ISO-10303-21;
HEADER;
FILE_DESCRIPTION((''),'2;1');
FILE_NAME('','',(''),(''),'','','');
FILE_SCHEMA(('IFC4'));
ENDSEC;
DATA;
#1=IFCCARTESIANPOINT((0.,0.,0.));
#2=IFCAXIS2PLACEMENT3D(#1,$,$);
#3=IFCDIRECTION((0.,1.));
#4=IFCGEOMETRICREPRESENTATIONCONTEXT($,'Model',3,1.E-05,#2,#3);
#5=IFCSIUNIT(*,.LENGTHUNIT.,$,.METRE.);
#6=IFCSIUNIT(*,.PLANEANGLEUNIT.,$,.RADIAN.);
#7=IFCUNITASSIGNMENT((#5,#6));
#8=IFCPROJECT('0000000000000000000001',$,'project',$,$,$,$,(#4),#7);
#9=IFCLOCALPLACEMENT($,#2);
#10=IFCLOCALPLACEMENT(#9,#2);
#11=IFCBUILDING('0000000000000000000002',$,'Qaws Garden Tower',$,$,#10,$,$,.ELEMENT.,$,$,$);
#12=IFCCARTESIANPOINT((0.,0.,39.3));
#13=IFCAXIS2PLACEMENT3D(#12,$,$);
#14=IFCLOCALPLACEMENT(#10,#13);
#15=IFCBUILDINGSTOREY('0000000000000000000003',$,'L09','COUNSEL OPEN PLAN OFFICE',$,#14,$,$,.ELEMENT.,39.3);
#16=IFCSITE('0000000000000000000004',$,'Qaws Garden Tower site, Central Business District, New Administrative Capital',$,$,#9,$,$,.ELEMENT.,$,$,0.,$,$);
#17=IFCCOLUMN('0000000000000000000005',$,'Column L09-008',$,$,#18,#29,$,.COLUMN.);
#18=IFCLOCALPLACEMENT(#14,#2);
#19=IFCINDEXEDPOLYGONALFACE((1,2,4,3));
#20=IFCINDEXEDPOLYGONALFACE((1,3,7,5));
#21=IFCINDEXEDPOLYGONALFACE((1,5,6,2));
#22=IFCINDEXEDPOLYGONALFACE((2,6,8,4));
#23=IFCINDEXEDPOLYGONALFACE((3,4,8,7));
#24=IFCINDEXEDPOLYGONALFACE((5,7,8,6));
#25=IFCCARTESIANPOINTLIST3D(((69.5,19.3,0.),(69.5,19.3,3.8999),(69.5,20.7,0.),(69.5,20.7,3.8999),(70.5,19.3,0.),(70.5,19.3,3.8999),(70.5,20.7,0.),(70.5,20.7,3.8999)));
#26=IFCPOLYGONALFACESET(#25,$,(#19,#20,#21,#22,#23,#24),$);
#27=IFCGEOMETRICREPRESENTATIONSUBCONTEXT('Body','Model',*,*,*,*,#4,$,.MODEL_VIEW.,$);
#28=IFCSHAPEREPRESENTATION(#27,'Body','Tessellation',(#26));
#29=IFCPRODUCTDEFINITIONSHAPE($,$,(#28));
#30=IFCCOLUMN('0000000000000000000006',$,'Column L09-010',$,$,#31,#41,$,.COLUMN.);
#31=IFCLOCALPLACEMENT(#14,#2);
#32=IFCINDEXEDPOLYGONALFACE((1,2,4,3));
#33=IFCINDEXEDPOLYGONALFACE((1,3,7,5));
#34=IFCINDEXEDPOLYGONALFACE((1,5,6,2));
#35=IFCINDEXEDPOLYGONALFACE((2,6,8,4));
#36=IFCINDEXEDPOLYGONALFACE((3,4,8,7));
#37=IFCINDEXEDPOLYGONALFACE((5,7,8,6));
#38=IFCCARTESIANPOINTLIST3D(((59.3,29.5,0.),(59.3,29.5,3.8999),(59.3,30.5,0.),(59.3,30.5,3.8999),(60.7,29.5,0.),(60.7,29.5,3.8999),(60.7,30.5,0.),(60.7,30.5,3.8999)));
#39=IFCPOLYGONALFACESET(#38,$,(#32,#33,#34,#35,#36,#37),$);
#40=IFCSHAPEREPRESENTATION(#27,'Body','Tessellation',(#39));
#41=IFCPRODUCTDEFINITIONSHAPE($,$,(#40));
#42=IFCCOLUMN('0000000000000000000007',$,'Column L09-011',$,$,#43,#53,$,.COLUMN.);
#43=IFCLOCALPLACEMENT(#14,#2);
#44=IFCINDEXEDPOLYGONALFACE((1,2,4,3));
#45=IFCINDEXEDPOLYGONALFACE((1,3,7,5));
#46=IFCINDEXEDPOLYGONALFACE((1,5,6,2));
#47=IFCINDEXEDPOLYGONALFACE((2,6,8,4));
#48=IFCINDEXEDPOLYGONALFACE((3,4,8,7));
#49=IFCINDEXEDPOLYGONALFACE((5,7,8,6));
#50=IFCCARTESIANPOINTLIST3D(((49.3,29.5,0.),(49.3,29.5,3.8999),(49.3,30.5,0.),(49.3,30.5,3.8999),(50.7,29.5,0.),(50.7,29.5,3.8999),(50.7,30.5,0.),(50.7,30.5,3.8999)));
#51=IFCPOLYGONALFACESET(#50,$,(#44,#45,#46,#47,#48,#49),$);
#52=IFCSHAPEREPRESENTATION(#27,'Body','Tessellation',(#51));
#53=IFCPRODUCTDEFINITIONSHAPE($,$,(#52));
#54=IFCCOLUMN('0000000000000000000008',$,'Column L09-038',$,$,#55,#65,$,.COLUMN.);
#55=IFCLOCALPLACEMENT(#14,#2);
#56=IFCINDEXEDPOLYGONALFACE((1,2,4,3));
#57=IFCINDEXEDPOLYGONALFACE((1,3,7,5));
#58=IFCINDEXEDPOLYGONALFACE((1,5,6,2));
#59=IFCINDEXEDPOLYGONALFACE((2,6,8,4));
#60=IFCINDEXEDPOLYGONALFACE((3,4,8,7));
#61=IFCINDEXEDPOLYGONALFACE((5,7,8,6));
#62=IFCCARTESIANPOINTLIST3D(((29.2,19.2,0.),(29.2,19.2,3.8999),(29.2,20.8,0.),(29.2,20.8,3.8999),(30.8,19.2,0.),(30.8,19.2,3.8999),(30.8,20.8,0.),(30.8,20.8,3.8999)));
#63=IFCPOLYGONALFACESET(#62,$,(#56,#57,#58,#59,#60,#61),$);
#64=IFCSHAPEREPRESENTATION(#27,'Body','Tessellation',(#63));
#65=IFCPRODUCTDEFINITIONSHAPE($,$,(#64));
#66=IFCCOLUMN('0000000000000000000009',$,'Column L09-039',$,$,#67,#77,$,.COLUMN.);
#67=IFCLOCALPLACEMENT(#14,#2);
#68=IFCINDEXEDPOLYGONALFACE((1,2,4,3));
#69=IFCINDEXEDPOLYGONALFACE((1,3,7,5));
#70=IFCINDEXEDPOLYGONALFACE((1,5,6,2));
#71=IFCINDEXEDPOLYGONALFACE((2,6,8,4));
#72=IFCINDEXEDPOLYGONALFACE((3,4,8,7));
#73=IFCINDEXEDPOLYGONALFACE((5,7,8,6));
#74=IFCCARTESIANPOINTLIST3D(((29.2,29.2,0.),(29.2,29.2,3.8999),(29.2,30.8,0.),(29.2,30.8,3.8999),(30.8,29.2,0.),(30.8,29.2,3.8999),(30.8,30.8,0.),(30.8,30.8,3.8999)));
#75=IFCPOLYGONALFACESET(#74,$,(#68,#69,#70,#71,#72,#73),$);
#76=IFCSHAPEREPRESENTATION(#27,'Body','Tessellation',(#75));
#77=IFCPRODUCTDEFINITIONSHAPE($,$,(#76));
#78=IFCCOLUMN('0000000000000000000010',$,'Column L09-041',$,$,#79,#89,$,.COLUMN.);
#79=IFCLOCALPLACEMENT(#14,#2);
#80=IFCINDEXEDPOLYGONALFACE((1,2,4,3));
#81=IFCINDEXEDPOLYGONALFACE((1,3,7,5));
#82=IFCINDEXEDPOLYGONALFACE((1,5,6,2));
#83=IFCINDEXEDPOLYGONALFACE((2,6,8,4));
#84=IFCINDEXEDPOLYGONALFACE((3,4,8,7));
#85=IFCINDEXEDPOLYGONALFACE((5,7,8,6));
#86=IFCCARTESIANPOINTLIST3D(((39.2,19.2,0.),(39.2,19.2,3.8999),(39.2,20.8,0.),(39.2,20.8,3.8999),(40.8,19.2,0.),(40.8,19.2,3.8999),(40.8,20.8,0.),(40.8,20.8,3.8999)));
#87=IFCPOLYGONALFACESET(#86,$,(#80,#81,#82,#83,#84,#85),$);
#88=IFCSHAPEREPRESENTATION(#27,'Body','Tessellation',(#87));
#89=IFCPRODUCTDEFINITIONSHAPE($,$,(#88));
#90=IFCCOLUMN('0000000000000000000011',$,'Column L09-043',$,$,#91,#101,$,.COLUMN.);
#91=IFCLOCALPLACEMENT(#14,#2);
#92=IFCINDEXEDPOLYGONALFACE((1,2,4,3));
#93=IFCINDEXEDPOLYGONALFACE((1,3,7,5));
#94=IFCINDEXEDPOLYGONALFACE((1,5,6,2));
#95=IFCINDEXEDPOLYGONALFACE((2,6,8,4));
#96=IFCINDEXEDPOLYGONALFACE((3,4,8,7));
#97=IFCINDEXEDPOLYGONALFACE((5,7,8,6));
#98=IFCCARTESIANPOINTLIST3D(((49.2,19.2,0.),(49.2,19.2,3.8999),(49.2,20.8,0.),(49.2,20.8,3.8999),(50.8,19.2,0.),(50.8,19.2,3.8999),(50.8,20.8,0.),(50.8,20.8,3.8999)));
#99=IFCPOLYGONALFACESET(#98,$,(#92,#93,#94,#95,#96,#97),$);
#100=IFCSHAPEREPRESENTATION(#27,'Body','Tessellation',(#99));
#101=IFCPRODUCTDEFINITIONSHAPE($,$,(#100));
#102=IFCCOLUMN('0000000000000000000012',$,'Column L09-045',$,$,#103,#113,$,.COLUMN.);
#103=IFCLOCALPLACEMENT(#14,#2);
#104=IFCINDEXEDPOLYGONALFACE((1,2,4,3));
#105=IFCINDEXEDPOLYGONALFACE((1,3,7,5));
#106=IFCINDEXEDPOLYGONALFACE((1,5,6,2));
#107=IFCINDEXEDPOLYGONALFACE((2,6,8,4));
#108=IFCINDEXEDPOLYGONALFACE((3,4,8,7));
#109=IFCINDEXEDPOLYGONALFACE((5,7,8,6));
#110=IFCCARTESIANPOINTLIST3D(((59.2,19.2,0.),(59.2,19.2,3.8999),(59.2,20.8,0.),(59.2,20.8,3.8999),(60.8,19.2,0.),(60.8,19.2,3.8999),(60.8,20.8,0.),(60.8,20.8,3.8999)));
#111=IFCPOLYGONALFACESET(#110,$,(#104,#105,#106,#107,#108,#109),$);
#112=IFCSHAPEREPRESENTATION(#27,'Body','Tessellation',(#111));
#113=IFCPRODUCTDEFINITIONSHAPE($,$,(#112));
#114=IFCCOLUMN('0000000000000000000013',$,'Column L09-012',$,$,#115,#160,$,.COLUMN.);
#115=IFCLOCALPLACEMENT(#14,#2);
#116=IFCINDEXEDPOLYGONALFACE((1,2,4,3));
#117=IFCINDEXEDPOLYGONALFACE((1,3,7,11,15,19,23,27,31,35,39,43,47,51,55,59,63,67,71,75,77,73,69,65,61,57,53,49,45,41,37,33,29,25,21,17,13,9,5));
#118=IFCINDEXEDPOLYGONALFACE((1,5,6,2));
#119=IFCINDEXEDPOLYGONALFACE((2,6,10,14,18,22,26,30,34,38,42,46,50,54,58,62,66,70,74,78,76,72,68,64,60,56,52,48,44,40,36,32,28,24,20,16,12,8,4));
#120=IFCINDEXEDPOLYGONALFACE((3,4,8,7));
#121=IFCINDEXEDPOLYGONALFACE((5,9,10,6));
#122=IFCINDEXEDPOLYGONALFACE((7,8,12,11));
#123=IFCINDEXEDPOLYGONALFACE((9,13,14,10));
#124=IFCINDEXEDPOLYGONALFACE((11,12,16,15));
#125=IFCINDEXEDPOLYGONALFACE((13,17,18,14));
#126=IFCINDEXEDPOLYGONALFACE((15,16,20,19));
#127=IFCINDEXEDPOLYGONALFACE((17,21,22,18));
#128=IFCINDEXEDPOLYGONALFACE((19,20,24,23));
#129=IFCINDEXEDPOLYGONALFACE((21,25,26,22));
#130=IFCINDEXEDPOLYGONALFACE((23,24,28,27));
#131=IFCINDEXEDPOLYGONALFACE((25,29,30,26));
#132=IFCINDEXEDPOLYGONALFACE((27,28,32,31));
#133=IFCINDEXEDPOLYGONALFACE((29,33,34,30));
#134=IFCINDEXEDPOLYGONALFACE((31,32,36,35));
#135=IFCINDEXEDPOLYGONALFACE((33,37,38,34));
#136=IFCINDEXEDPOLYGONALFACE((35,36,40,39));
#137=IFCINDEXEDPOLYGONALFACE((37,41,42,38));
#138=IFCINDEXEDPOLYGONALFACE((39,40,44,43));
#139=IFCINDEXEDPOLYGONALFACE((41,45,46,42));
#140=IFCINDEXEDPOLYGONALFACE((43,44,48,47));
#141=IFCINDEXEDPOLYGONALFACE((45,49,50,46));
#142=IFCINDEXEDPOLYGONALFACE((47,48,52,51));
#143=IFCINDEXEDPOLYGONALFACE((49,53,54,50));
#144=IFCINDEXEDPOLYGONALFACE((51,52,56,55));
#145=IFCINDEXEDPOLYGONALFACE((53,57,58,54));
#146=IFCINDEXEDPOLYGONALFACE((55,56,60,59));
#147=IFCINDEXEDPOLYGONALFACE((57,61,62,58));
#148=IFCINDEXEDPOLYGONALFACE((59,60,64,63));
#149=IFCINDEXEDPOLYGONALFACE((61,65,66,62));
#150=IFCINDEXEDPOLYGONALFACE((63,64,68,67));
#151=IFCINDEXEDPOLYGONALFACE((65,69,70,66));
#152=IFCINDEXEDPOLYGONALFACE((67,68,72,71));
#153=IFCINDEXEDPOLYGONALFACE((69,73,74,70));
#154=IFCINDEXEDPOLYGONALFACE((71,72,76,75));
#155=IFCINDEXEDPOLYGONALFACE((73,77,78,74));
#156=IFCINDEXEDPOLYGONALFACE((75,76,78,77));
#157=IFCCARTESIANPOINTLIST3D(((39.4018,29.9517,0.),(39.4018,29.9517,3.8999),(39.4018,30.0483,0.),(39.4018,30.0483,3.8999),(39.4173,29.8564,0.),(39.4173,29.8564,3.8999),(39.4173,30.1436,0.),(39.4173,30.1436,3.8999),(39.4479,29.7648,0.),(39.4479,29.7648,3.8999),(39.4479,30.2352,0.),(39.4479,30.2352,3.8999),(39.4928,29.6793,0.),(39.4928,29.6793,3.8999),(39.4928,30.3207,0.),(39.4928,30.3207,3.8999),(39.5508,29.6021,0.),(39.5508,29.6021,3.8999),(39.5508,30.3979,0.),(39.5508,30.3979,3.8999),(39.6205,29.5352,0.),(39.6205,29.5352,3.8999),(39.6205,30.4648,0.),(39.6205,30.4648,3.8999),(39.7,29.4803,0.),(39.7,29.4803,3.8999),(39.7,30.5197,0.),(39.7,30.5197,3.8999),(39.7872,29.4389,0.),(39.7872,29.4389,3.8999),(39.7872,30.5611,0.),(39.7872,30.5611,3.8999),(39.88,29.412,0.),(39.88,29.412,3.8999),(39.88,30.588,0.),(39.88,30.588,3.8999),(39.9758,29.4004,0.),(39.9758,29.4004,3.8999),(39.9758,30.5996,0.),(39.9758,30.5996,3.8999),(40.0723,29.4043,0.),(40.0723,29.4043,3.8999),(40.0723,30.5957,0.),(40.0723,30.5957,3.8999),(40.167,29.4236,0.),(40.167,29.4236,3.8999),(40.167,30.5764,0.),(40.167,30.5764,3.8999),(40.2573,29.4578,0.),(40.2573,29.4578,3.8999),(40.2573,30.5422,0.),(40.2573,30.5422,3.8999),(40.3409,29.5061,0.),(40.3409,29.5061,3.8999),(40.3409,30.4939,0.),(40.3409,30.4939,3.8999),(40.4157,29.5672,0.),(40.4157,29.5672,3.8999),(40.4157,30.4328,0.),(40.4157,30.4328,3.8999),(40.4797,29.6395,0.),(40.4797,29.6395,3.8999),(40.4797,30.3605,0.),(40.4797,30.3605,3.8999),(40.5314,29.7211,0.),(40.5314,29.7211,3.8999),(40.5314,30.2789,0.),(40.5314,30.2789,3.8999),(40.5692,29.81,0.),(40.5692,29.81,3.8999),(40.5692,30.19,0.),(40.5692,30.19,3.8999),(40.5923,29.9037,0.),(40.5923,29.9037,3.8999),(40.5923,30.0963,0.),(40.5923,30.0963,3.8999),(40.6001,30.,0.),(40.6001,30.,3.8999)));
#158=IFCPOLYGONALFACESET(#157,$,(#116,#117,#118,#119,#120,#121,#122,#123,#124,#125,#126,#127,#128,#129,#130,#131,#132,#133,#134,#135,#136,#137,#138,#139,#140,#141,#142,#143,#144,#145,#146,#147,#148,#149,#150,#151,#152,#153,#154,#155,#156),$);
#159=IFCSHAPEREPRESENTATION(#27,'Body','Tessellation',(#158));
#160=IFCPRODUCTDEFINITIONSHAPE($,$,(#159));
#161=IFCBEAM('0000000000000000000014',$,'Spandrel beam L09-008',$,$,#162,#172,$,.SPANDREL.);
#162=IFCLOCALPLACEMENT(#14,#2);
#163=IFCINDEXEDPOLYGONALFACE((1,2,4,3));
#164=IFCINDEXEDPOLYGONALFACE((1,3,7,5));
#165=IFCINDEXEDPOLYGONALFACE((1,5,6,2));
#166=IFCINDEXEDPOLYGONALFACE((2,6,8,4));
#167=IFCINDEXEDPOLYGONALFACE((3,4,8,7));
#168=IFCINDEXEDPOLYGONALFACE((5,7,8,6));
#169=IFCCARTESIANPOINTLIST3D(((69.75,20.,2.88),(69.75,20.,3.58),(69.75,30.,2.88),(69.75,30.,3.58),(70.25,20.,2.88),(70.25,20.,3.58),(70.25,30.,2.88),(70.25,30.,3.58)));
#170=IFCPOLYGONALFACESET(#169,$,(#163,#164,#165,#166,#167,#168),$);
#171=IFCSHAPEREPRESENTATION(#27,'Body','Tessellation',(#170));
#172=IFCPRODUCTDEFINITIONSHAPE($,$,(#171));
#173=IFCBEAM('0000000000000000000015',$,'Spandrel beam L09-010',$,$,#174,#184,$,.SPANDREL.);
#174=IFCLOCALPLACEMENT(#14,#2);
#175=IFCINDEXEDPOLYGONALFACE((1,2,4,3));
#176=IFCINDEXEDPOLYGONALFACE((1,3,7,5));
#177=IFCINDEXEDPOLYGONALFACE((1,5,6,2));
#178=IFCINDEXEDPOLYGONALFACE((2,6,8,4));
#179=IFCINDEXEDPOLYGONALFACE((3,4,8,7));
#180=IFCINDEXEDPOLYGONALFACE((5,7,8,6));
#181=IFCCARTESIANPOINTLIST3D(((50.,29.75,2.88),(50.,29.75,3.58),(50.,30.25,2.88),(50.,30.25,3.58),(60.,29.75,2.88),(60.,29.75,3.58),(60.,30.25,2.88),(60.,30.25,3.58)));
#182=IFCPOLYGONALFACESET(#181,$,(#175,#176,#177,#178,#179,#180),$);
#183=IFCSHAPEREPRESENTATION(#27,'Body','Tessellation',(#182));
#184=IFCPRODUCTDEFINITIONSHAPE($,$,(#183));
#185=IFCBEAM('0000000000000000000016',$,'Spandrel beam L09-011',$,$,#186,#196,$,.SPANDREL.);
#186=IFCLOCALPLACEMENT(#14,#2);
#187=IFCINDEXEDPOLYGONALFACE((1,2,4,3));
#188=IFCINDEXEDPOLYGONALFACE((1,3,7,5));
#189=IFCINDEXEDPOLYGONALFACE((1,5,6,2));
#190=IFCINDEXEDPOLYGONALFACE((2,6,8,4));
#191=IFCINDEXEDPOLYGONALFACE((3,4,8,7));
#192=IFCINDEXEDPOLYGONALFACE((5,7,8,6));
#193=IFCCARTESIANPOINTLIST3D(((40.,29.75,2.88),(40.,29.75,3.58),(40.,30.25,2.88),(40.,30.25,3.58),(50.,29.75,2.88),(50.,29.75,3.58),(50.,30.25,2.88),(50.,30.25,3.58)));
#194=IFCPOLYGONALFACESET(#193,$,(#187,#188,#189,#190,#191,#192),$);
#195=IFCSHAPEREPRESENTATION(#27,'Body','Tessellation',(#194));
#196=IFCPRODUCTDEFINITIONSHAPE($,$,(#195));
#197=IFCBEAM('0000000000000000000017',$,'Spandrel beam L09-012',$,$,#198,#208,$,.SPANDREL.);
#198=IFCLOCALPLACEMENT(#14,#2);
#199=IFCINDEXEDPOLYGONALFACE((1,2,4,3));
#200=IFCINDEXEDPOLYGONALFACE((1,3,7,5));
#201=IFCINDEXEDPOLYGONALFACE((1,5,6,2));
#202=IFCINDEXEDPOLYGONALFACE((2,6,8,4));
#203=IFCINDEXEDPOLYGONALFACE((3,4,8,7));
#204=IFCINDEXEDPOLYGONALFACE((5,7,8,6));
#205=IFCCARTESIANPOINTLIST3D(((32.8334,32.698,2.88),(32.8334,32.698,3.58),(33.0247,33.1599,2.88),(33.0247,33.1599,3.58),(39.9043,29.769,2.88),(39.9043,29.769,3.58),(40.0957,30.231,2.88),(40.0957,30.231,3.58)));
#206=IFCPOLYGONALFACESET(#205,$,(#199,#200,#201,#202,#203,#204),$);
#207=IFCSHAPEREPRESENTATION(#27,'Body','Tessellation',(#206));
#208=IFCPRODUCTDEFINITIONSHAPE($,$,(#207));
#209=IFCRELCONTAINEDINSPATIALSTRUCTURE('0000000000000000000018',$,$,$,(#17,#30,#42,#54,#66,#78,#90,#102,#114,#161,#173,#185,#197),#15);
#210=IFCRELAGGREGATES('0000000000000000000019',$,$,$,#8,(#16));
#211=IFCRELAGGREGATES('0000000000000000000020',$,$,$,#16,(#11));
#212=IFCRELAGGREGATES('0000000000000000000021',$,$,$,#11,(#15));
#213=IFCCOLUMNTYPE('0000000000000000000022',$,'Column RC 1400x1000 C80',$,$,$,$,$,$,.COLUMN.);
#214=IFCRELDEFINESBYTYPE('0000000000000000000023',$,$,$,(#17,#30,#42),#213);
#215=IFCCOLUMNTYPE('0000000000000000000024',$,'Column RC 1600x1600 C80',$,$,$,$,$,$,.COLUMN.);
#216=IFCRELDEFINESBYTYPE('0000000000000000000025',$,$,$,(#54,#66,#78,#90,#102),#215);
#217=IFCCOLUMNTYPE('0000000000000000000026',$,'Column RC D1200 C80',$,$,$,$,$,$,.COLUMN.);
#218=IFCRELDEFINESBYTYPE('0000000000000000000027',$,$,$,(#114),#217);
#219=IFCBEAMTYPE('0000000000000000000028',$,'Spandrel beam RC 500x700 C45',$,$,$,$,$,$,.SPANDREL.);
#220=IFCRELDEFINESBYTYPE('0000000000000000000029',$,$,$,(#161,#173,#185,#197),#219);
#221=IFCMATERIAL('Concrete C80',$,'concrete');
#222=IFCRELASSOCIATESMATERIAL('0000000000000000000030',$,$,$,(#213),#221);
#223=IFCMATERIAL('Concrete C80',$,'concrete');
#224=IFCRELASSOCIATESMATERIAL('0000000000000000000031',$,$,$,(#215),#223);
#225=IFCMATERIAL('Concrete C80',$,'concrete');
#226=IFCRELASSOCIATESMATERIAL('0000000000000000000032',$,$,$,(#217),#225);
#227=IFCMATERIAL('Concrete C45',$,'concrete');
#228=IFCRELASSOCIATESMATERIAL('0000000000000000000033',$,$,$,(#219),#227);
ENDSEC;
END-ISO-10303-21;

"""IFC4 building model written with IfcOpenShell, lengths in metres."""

from ifc_helpers import new_model, si_unit, direction, frame, origin, origin_2d, place, context, subcontext, project, spatial, rectangle, circle, extrude, material, material_profile, profile_set, type_object, element, save


model = new_model("IFC4")

# Units and contexts
model_context = context("Model", 3, precision=1e-05, world=origin(), true_north=direction((0.0, 1.0)))
body_context = subcontext(model_context, "Body", "Model", "MODEL_VIEW")
ifc_project = project(units=[si_unit("LENGTHUNIT", "METRE"), si_unit("PLANEANGLEUNIT", "RADIAN")], contexts=[model_context])

# Site, building, storey
site_placement = place(None, origin())
site = spatial("IfcSite", under=ifc_project, at=site_placement, Name="Qaws Garden Tower site, Central Business District, New Administrative Capital", CompositionType="ELEMENT", RefElevation=0.0)
building_placement = place(site_placement, origin())
building = spatial("IfcBuilding", under=site, at=building_placement, Name="Qaws Garden Tower", CompositionType="ELEMENT")
storey_placement = place(building_placement, frame((0.0, 0.0, 39.3)))
storey = spatial("IfcBuildingStorey", under=building, at=storey_placement, Name="L09", Description="COUNSEL OPEN PLAN OFFICE", CompositionType="ELEMENT", Elevation=39.3)

# Columns
ifc_material_1 = material(Name="Concrete C80", Category="concrete")
ifc_material_profile_1 = material_profile(ifc_material_1, rectangle(XDim=1.3999, YDim=1.0, at=origin_2d()), Name="RC 1400x1000")
ifc_profile_set_1 = profile_set([ifc_material_profile_1], Name="Concrete C80")
column_type_1 = type_object("IfcColumnType", Name="Column RC 1400x1000 C80", PredefinedType="COLUMN", material=ifc_profile_set_1)
for number, where, z_axis, x_axis, name in (
    (1, (70.0, 20.0, 0.0), (0.0, 0.0, 1.0), (0.0, 1.0, 0.0), "Column L09-008"),
    (2, (60.0, 30.0, 0.0), (0.0, 0.0, 1.0), (1.0, 0.0, 0.0), "Column L09-010"),
    (3, (50.0, 30.0, 0.0), (0.0, 0.0, 1.0), (1.0, 0.0, 0.0), "Column L09-011"),
):
    element("IfcColumn", number, at=place(storey_placement, frame(where, z_axis=z_axis, x_axis=x_axis)), inside=storey, type_object=column_type_1, Name=name, PredefinedType="COLUMN", context=body_context, shape_type="SweptSolid", body=[
        extrude(rectangle(XDim=1.3999, YDim=1.0, at=origin_2d()), origin(), (0.0, 0.0, 1.0), 3.8999),
    ])
ifc_material_2 = material(Name="Concrete C80", Category="concrete")
ifc_material_profile_2 = material_profile(ifc_material_2, rectangle(XDim=1.6001, YDim=1.6001, at=origin_2d()), Name="RC 1600x1600")
ifc_profile_set_2 = profile_set([ifc_material_profile_2], Name="Concrete C80")
column_type_2 = type_object("IfcColumnType", Name="Column RC 1600x1600 C80", PredefinedType="COLUMN", material=ifc_profile_set_2)
for number, where, z_axis, x_axis, name in (
    (4, (30.0, 20.0, 0.0), (0.0, 0.0, 1.0), (1.0, 0.0, 0.0), "Column L09-038"),
    (5, (30.0, 30.0, 0.0), (0.0, 0.0, 1.0), (1.0, 0.0, 0.0), "Column L09-039"),
    (6, (40.0, 20.0, 0.0), (0.0, 0.0, 1.0), (1.0, 0.0, 0.0), "Column L09-041"),
    (7, (50.0, 20.0, 0.0), (0.0, 0.0, 1.0), (1.0, 0.0, 0.0), "Column L09-043"),
    (8, (60.0, 20.0, 0.0), (0.0, 0.0, 1.0), (1.0, 0.0, 0.0), "Column L09-045"),
):
    element("IfcColumn", number, at=place(storey_placement, frame(where, z_axis=z_axis, x_axis=x_axis)), inside=storey, type_object=column_type_2, Name=name, PredefinedType="COLUMN", context=body_context, shape_type="SweptSolid", body=[
        extrude(rectangle(XDim=1.6001, YDim=1.6001, at=origin_2d()), origin(), (0.0, 0.0, 1.0), 3.8999),
    ])
ifc_material_3 = material(Name="Concrete C80", Category="concrete")
ifc_material_profile_3 = material_profile(ifc_material_3, circle(Radius=0.6001, at=origin_2d()), Name="RC D1200")
ifc_profile_set_3 = profile_set([ifc_material_profile_3], Name="Concrete C80")
column_type_3 = type_object("IfcColumnType", Name="Column RC D1200 C80", PredefinedType="COLUMN", material=ifc_profile_set_3)
column_placement = place(storey_placement, frame((40.0, 30.0, 0.0), z_axis=(0.0, 0.0, 1.0), x_axis=(1.0, 0.0, 0.0)))
element("IfcColumn", 9, at=column_placement, inside=storey, type_object=column_type_3, Name="Column L09-012", PredefinedType="COLUMN", context=body_context, shape_type="SweptSolid", body=[
    extrude(circle(Radius=0.6001, at=origin_2d()), origin(), (0.0, 0.0, 1.0), 3.8999),
])

# Beams
ifc_material_4 = material(Name="Concrete C45", Category="concrete")
ifc_material_profile_4 = material_profile(ifc_material_4, rectangle(XDim=0.5, YDim=0.7, at=origin_2d()), Name="RC 500x700")
ifc_profile_set_4 = profile_set([ifc_material_profile_4], Name="Concrete C45")
beam_type = type_object("IfcBeamType", Name="Spandrel beam RC 500x700 C45", PredefinedType="SPANDREL", material=ifc_profile_set_4)
for number, where, z_axis, x_axis, name in (
    (10, (70.0, 20.0, 3.23), (0.0, 1.0, 0.0), (-1.0, 0.0, 0.0), "Spandrel beam L09-008"),
    (11, (60.0, 30.0, 3.23), (-1.0, 0.0, 0.0), (0.0, -1.0, 0.0), "Spandrel beam L09-010"),
    (12, (50.0, 30.0, 3.23), (-1.0, 0.0, 0.0), (0.0, -1.0, 0.0), "Spandrel beam L09-011"),
):
    element("IfcBeam", number, at=place(storey_placement, frame(where, z_axis=z_axis, x_axis=x_axis)), inside=storey, type_object=beam_type, Name=name, PredefinedType="SPANDREL", context=body_context, shape_type="SweptSolid", body=[
        extrude(rectangle(XDim=0.5, YDim=0.7, at=origin_2d()), origin(), (0.0, 0.0, 1.0), 10.0),
    ])
beam_placement = place(storey_placement, frame((40.0, 30.0, 3.23), z_axis=(-0.923878, 0.382687, 0.0), x_axis=(-0.382687, -0.923878, 0.0)))
element("IfcBeam", 13, at=beam_placement, inside=storey, type_object=beam_type, Name="Spandrel beam L09-012", PredefinedType="SPANDREL", context=body_context, shape_type="SweptSolid", body=[
    extrude(rectangle(XDim=0.5, YDim=0.7, at=origin_2d()), origin(), (0.0, 0.0, 1.0), 7.6536),
])

save(model, "model.ifc")
